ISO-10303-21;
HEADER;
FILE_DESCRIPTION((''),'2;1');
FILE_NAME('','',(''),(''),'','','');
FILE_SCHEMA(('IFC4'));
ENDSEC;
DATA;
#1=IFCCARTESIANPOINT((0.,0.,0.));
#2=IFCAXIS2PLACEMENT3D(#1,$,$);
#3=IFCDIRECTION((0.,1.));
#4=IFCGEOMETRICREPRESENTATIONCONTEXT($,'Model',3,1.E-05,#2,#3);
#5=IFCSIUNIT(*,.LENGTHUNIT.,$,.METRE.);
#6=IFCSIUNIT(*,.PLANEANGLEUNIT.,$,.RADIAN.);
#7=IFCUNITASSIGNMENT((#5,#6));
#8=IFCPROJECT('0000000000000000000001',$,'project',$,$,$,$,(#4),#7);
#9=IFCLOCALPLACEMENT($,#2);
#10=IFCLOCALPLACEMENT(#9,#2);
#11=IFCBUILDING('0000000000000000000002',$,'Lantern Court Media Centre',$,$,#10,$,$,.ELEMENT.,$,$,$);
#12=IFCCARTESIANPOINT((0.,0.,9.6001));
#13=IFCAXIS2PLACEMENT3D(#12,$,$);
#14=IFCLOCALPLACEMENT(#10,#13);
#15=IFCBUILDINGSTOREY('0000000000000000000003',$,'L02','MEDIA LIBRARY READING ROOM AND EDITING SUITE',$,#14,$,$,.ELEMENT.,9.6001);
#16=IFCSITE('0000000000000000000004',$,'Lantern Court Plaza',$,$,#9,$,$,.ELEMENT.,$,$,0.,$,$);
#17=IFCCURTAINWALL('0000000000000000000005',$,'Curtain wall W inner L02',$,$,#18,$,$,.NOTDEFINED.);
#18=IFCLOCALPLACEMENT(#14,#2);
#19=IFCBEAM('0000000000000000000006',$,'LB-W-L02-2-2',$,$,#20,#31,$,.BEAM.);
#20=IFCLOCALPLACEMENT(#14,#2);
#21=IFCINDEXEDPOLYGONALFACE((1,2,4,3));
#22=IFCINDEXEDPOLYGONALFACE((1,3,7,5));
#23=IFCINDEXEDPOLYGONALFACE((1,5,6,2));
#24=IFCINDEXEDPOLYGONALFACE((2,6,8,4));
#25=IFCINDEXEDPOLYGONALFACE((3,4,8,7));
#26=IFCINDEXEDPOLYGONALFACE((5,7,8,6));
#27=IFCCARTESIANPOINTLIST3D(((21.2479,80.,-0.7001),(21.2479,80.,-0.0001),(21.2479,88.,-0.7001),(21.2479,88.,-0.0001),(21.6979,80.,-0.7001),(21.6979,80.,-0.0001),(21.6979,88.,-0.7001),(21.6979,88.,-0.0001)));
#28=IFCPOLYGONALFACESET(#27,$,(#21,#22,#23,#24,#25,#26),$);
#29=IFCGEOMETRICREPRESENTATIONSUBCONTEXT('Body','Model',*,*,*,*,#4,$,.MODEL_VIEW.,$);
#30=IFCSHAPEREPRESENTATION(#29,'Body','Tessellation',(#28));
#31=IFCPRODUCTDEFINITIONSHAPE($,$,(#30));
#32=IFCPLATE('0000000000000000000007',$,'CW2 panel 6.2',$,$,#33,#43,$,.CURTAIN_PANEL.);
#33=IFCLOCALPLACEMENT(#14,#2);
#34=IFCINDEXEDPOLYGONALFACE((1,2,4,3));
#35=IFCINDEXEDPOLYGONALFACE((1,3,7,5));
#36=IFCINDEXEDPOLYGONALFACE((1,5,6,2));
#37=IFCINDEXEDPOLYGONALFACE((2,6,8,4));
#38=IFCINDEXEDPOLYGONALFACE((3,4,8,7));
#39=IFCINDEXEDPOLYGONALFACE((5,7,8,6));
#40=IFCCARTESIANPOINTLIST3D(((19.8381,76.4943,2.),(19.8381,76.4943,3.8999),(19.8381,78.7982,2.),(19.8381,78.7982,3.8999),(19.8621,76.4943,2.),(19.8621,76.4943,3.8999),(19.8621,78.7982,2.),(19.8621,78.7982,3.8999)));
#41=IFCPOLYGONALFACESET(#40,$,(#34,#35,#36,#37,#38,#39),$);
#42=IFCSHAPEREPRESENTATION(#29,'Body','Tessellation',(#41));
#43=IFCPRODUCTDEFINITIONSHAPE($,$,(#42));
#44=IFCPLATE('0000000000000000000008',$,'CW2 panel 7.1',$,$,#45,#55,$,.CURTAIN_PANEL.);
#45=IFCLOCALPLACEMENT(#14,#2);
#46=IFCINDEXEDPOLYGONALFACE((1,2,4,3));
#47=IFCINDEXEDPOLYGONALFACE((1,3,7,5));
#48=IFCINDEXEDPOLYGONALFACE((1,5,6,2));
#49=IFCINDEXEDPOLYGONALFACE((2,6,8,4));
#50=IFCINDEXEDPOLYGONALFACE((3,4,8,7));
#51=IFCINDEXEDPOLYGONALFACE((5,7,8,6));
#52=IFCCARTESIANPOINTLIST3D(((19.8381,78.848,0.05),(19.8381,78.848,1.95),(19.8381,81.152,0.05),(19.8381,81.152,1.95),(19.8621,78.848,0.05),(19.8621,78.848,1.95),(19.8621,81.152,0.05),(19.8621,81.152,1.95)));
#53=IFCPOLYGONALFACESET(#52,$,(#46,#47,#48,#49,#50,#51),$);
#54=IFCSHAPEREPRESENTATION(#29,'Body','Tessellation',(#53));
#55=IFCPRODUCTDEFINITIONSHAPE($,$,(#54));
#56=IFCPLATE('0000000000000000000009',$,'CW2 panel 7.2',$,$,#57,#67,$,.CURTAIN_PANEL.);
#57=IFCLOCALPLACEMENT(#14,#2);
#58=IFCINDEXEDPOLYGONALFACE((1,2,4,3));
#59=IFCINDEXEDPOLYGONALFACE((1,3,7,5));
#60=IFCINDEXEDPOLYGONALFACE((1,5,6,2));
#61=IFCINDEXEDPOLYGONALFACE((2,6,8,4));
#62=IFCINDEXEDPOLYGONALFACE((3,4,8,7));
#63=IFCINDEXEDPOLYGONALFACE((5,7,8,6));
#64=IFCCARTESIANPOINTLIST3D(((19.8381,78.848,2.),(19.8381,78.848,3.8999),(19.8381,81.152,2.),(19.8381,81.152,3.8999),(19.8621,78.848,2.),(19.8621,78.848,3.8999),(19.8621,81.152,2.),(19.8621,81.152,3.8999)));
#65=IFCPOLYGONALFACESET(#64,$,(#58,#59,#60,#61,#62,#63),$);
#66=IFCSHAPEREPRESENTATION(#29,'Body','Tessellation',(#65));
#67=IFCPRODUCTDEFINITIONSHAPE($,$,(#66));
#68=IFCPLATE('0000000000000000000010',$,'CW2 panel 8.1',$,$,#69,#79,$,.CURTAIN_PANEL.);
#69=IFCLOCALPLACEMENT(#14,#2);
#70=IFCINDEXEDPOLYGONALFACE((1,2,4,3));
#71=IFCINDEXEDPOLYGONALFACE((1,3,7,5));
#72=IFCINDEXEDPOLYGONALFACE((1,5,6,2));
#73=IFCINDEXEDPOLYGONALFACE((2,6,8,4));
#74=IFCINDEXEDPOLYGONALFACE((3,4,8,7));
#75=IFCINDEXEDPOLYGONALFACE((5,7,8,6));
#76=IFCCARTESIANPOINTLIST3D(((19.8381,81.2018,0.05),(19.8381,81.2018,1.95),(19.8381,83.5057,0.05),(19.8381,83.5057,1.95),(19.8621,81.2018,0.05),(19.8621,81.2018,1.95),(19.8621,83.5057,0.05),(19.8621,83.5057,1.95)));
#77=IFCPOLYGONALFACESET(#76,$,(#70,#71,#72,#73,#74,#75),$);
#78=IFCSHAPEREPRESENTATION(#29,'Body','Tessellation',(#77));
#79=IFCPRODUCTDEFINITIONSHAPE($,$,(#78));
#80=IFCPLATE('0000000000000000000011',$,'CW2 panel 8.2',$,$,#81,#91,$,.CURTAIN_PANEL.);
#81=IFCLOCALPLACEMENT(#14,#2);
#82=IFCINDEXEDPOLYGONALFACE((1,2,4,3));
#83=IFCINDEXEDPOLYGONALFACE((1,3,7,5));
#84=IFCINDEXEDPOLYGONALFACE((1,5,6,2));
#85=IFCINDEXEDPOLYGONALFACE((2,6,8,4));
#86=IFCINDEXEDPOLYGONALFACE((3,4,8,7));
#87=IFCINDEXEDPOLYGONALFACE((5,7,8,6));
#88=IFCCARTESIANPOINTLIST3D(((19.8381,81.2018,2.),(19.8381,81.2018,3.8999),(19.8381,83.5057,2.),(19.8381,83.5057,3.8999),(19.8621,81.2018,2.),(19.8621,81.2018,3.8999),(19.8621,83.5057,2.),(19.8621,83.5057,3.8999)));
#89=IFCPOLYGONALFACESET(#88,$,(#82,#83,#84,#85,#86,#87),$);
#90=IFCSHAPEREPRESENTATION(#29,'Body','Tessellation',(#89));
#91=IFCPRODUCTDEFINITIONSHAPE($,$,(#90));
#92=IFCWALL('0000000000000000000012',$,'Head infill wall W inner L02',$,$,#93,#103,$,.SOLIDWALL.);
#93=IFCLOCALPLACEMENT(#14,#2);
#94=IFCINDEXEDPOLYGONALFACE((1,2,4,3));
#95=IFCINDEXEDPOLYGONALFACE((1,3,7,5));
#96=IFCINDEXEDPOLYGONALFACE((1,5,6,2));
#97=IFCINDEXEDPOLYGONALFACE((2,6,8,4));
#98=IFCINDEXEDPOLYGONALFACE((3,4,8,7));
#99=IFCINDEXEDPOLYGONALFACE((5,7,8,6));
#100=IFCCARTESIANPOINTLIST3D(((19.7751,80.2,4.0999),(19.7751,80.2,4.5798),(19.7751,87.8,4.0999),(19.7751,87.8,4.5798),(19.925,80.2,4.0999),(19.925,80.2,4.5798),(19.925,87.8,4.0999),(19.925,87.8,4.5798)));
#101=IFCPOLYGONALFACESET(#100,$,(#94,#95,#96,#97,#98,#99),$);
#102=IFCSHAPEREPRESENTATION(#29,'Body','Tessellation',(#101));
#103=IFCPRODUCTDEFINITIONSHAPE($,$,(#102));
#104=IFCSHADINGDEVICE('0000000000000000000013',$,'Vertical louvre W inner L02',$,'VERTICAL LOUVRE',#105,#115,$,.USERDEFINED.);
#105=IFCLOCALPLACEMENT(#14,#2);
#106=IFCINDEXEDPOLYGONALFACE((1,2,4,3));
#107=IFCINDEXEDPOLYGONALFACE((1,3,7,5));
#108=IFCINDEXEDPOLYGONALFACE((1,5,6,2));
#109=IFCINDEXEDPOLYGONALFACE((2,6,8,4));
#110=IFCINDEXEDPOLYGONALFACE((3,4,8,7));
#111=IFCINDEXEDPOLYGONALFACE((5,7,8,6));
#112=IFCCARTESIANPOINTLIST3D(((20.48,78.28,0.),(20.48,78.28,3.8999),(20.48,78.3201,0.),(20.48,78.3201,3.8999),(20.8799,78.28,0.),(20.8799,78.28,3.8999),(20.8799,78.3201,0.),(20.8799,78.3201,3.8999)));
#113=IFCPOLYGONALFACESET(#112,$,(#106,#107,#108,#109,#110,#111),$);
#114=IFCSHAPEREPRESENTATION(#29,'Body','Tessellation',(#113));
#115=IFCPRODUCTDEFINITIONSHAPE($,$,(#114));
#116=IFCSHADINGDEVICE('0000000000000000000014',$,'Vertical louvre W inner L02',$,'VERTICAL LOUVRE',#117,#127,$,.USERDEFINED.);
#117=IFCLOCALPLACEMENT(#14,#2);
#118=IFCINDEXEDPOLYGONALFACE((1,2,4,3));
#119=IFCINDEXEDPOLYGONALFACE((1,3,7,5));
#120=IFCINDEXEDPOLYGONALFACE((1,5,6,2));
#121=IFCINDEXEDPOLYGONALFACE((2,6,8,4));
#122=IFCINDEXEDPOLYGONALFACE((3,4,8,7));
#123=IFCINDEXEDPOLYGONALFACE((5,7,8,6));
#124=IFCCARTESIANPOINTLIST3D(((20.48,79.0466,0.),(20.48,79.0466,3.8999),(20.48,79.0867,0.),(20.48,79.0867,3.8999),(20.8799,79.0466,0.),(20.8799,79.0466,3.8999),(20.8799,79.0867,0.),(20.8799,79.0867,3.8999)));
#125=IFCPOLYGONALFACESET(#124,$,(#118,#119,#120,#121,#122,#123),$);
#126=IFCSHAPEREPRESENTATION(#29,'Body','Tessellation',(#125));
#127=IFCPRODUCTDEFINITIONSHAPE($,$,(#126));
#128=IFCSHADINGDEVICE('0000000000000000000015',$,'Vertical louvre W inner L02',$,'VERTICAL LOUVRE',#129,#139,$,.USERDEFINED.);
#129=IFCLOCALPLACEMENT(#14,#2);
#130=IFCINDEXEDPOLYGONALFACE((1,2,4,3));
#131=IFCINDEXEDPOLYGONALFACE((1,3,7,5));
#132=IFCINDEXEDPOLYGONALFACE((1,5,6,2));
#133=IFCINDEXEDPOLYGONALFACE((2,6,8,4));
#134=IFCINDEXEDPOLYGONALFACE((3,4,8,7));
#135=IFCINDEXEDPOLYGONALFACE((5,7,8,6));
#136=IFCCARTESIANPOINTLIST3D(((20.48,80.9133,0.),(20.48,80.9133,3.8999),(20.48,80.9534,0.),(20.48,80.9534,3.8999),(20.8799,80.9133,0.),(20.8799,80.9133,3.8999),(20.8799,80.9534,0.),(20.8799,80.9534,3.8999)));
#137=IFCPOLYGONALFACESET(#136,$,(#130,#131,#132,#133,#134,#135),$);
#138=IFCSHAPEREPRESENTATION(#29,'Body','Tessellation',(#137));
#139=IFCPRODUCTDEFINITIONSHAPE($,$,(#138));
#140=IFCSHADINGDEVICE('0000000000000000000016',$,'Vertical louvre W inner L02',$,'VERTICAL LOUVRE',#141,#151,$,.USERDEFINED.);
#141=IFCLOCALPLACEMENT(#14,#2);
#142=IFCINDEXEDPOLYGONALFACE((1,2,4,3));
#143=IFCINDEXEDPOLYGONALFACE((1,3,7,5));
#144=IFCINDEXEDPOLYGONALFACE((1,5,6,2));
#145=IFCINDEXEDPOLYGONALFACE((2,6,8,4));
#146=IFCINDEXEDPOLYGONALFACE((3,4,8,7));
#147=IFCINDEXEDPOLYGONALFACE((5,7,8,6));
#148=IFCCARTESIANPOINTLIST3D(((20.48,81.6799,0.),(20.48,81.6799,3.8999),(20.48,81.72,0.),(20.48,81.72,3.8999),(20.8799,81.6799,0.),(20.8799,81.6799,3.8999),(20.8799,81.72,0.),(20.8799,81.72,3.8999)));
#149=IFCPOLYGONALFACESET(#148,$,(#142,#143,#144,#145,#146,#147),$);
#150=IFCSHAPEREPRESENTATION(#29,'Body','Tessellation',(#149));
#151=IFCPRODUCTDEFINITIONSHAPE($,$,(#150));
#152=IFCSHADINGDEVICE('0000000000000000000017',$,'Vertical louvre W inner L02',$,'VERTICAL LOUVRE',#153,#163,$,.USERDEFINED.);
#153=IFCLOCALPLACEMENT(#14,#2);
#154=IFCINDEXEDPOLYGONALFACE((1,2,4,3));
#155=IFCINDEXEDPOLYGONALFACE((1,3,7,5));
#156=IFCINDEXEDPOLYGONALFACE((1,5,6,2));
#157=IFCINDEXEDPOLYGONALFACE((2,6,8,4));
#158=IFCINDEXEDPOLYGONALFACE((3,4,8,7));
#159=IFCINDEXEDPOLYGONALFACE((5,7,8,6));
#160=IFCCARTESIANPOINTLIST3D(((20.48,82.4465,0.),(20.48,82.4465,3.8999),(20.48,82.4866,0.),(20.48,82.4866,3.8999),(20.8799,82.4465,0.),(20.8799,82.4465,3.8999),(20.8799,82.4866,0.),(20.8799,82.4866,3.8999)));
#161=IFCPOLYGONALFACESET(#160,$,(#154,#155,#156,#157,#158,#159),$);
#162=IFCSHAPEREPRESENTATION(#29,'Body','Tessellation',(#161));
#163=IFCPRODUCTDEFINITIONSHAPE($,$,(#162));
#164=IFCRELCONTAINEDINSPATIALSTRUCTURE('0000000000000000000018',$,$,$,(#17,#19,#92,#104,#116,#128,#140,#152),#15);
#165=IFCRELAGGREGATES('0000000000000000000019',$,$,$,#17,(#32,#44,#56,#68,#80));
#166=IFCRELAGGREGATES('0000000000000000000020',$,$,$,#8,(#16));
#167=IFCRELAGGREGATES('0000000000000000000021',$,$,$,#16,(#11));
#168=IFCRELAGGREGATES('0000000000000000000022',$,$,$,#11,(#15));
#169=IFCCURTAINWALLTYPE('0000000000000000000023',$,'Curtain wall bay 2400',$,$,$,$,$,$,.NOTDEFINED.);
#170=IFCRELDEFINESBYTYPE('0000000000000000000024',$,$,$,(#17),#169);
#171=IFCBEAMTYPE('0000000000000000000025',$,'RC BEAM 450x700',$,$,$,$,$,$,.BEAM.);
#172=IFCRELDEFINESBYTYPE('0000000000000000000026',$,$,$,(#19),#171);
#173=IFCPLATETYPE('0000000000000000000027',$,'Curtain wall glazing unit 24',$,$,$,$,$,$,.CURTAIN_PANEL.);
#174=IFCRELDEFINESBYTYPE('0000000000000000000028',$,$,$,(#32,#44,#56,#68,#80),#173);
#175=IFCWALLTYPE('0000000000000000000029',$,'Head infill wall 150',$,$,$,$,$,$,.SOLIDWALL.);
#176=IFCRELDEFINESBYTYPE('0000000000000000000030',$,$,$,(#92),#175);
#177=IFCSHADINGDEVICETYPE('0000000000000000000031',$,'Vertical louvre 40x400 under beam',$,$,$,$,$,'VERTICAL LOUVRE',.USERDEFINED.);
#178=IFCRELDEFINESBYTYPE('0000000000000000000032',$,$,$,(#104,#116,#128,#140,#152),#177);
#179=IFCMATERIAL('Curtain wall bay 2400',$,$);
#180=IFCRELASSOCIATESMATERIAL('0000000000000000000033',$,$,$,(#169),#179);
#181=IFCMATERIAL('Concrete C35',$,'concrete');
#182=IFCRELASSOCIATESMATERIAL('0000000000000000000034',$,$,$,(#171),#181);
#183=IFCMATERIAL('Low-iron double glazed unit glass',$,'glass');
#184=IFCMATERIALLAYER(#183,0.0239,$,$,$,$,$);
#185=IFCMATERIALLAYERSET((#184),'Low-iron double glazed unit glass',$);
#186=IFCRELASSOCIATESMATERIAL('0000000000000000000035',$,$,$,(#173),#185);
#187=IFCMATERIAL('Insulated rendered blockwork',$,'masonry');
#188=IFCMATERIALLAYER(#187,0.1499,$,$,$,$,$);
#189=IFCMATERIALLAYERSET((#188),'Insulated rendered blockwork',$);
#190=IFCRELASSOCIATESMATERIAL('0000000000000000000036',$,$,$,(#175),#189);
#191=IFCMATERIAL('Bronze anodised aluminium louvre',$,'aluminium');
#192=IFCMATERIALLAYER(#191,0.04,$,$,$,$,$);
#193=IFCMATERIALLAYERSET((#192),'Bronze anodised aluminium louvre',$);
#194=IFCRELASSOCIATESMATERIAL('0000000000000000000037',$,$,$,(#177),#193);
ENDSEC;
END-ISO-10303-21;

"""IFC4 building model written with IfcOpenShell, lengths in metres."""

from ifc_helpers import new_model, si_unit, direction, frame, frame_2d, origin, origin_2d, place, context, subcontext, project, spatial, rectangle, extrude, material, layer, layer_set, material_profile, profile_set, type_object, element, aggregate, save


model = new_model("IFC4")

# Units and contexts
model_context = context("Model", 3, precision=1e-05, world=origin(), true_north=direction((0.0, 1.0)))
body_context = subcontext(model_context, "Body", "Model", "MODEL_VIEW")
ifc_project = project(units=[si_unit("LENGTHUNIT", "METRE"), si_unit("PLANEANGLEUNIT", "RADIAN")], contexts=[model_context])

# Site, building, storey
site_placement = place(None, origin())
site = spatial("IfcSite", under=ifc_project, at=site_placement, Name="Lantern Court Plaza", CompositionType="ELEMENT", RefElevation=0.0)
building_placement = place(site_placement, origin())
building = spatial("IfcBuilding", under=site, at=building_placement, Name="Lantern Court Media Centre", CompositionType="ELEMENT")
storey_placement = place(building_placement, frame((0.0, 0.0, 9.6001)))
storey = spatial("IfcBuildingStorey", under=building, at=storey_placement, Name="L02", Description="MEDIA LIBRARY READING ROOM AND EDITING SUITE", CompositionType="ELEMENT", Elevation=9.6001)

# Shared definitions
ifc_material_1 = material(Name="Concrete C35", Category="concrete")

# Curtain wall
ifc_material_2 = material(Name="Curtain wall bay 2400")
curtain_wall_type = type_object("IfcCurtainWallType", Name="Curtain wall bay 2400", PredefinedType="NOTDEFINED", material=ifc_material_2)
curtain_wall_placement = place(storey_placement, origin())
curtain_wall = element("IfcCurtainWall", 1, at=curtain_wall_placement, inside=storey, type_object=curtain_wall_type, Name="Curtain wall W inner L02", PredefinedType="NOTDEFINED")

# Beam
ifc_material_profile_1 = material_profile(ifc_material_1, rectangle(XDim=0.45, YDim=0.7, at=origin_2d()), Name="RC 450x700")
ifc_profile_set_1 = profile_set([ifc_material_profile_1], Name="Concrete C35")
beam_type_1 = type_object("IfcBeamType", Name="RC BEAM 450x700", PredefinedType="BEAM", material=ifc_profile_set_1)
beam_1_placement = place(storey_placement, frame((21.4729, 80.0, -0.3501), z_axis=(0.0, 1.0, 0.0), x_axis=(-1.0, 0.0, 0.0)))
element("IfcBeam", 2, at=beam_1_placement, inside=storey, type_object=beam_type_1, Name="LB-W-L02-2-2", PredefinedType="BEAM", context=body_context, shape_type="SweptSolid", body=[
    extrude(rectangle(XDim=0.45, YDim=0.7, at=origin_2d()), origin(), (0.0, 0.0, 1.0), 8.0),
])

# Plates
ifc_material_3 = material(Name="Low-iron double glazed unit glass", Category="glass")
ifc_layer_1 = layer(ifc_material_3, 0.0239)
ifc_layer_set_1 = layer_set([ifc_layer_1], Name="Low-iron double glazed unit glass")
plate_type = type_object("IfcPlateType", Name="Curtain wall glazing unit 24", PredefinedType="CURTAIN_PANEL", material=ifc_layer_set_1)
plate_1_placement = place(storey_placement, frame((19.8501, 77.6462, 2.0), z_axis=(0.0, 0.0, 1.0), x_axis=(0.0, 1.0, 0.0)))
plate_1 = element("IfcPlate", 3, at=plate_1_placement, type_object=plate_type, Name="CW2 panel 6.2", PredefinedType="CURTAIN_PANEL", context=body_context, shape_type="SweptSolid", body=[
    extrude(rectangle(XDim=2.304, YDim=0.0239, at=origin_2d()), origin(), (0.0, 0.0, 1.0), 1.8999),
])
plate_2_placement = place(storey_placement, frame((19.8501, 80.0, 0.05), z_axis=(0.0, 0.0, 1.0), x_axis=(0.0, 1.0, 0.0)))
plate_2 = element("IfcPlate", 4, at=plate_2_placement, type_object=plate_type, Name="CW2 panel 7.1", PredefinedType="CURTAIN_PANEL", context=body_context, shape_type="SweptSolid", body=[
    extrude(rectangle(XDim=2.304, YDim=0.0239, at=origin_2d()), origin(), (0.0, 0.0, 1.0), 1.8999),
])
plate_3_placement = place(storey_placement, frame((19.8501, 80.0, 2.0), z_axis=(0.0, 0.0, 1.0), x_axis=(0.0, 1.0, 0.0)))
plate_3 = element("IfcPlate", 5, at=plate_3_placement, type_object=plate_type, Name="CW2 panel 7.2", PredefinedType="CURTAIN_PANEL", context=body_context, shape_type="SweptSolid", body=[
    extrude(rectangle(XDim=2.304, YDim=0.0239, at=origin_2d()), origin(), (0.0, 0.0, 1.0), 1.8999),
])
plate_4_placement = place(storey_placement, frame((19.8501, 82.3538, 0.05), z_axis=(0.0, 0.0, 1.0), x_axis=(0.0, 1.0, 0.0)))
plate_4 = element("IfcPlate", 6, at=plate_4_placement, type_object=plate_type, Name="CW2 panel 8.1", PredefinedType="CURTAIN_PANEL", context=body_context, shape_type="SweptSolid", body=[
    extrude(rectangle(XDim=2.304, YDim=0.0239, at=origin_2d()), origin(), (0.0, 0.0, 1.0), 1.8999),
])
plate_5_placement = place(storey_placement, frame((19.8501, 82.3538, 2.0), z_axis=(0.0, 0.0, 1.0), x_axis=(0.0, 1.0, 0.0)))
plate_5 = element("IfcPlate", 7, at=plate_5_placement, type_object=plate_type, Name="CW2 panel 8.2", PredefinedType="CURTAIN_PANEL", context=body_context, shape_type="SweptSolid", body=[
    extrude(rectangle(XDim=2.304, YDim=0.0239, at=origin_2d()), origin(), (0.0, 0.0, 1.0), 1.8999),
])
aggregate(curtain_wall, [plate_1, plate_2, plate_3, plate_4, plate_5])

# Wall
ifc_material_4 = material(Name="Insulated rendered blockwork", Category="masonry")
ifc_layer_2 = layer(ifc_material_4, 0.1499)
ifc_layer_set_2 = layer_set([ifc_layer_2], Name="Insulated rendered blockwork")
wall_type = type_object("IfcWallType", Name="Head infill wall 150", PredefinedType="SOLIDWALL", material=ifc_layer_set_2)
wall_placement = place(storey_placement, frame((19.8501, 80.2, 4.0999), z_axis=(0.0, 0.0, 1.0), x_axis=(0.0, 1.0, 0.0)))
element("IfcWall", 8, at=wall_placement, inside=storey, type_object=wall_type, Name="Head infill wall W inner L02", PredefinedType="SOLIDWALL", context=body_context, shape_type="SweptSolid", body=[
    extrude(rectangle(XDim=7.6001, YDim=0.1499, at=frame_2d((3.8, 0.0))), origin(), (0.0, 0.0, 1.0), 0.48),
])

# Shading devices
ifc_material_5 = material(Name="Bronze anodised aluminium louvre", Category="aluminium")
ifc_layer_3 = layer(ifc_material_5, 0.04)
ifc_layer_set_3 = layer_set([ifc_layer_3], Name="Bronze anodised aluminium louvre")
shading_device_type = type_object("IfcShadingDeviceType", Name="Vertical louvre 40x400 under beam", ElementType="VERTICAL LOUVRE", PredefinedType="USERDEFINED", material=ifc_layer_set_3)
for number, where, z_axis, x_axis, name in (
    (9, (20.6799, 78.3, 0.0), (0.0, 0.0, 1.0), (1.0, 0.0, 0.0), "Vertical louvre W inner L02"),
    (10, (20.6799, 79.0667, 0.0), (0.0, 0.0, 1.0), (1.0, 0.0, 0.0), "Vertical louvre W inner L02"),
    (11, (20.6799, 80.9333, 0.0), (0.0, 0.0, 1.0), (1.0, 0.0, 0.0), "Vertical louvre W inner L02"),
    (12, (20.6799, 81.7, 0.0), (0.0, 0.0, 1.0), (1.0, 0.0, 0.0), "Vertical louvre W inner L02"),
    (13, (20.6799, 82.4666, 0.0), (0.0, 0.0, 1.0), (1.0, 0.0, 0.0), "Vertical louvre W inner L02"),
):
    element("IfcShadingDevice", number, at=place(storey_placement, frame(where, z_axis=z_axis, x_axis=x_axis)), inside=storey, type_object=shading_device_type, Name=name, ObjectType="VERTICAL LOUVRE", PredefinedType="USERDEFINED", context=body_context, shape_type="SweptSolid", body=[
        extrude(rectangle(XDim=0.3999, YDim=0.04, at=origin_2d()), origin(), (0.0, 0.0, 1.0), 3.8999),
    ])

save(model, "model.ifc")
